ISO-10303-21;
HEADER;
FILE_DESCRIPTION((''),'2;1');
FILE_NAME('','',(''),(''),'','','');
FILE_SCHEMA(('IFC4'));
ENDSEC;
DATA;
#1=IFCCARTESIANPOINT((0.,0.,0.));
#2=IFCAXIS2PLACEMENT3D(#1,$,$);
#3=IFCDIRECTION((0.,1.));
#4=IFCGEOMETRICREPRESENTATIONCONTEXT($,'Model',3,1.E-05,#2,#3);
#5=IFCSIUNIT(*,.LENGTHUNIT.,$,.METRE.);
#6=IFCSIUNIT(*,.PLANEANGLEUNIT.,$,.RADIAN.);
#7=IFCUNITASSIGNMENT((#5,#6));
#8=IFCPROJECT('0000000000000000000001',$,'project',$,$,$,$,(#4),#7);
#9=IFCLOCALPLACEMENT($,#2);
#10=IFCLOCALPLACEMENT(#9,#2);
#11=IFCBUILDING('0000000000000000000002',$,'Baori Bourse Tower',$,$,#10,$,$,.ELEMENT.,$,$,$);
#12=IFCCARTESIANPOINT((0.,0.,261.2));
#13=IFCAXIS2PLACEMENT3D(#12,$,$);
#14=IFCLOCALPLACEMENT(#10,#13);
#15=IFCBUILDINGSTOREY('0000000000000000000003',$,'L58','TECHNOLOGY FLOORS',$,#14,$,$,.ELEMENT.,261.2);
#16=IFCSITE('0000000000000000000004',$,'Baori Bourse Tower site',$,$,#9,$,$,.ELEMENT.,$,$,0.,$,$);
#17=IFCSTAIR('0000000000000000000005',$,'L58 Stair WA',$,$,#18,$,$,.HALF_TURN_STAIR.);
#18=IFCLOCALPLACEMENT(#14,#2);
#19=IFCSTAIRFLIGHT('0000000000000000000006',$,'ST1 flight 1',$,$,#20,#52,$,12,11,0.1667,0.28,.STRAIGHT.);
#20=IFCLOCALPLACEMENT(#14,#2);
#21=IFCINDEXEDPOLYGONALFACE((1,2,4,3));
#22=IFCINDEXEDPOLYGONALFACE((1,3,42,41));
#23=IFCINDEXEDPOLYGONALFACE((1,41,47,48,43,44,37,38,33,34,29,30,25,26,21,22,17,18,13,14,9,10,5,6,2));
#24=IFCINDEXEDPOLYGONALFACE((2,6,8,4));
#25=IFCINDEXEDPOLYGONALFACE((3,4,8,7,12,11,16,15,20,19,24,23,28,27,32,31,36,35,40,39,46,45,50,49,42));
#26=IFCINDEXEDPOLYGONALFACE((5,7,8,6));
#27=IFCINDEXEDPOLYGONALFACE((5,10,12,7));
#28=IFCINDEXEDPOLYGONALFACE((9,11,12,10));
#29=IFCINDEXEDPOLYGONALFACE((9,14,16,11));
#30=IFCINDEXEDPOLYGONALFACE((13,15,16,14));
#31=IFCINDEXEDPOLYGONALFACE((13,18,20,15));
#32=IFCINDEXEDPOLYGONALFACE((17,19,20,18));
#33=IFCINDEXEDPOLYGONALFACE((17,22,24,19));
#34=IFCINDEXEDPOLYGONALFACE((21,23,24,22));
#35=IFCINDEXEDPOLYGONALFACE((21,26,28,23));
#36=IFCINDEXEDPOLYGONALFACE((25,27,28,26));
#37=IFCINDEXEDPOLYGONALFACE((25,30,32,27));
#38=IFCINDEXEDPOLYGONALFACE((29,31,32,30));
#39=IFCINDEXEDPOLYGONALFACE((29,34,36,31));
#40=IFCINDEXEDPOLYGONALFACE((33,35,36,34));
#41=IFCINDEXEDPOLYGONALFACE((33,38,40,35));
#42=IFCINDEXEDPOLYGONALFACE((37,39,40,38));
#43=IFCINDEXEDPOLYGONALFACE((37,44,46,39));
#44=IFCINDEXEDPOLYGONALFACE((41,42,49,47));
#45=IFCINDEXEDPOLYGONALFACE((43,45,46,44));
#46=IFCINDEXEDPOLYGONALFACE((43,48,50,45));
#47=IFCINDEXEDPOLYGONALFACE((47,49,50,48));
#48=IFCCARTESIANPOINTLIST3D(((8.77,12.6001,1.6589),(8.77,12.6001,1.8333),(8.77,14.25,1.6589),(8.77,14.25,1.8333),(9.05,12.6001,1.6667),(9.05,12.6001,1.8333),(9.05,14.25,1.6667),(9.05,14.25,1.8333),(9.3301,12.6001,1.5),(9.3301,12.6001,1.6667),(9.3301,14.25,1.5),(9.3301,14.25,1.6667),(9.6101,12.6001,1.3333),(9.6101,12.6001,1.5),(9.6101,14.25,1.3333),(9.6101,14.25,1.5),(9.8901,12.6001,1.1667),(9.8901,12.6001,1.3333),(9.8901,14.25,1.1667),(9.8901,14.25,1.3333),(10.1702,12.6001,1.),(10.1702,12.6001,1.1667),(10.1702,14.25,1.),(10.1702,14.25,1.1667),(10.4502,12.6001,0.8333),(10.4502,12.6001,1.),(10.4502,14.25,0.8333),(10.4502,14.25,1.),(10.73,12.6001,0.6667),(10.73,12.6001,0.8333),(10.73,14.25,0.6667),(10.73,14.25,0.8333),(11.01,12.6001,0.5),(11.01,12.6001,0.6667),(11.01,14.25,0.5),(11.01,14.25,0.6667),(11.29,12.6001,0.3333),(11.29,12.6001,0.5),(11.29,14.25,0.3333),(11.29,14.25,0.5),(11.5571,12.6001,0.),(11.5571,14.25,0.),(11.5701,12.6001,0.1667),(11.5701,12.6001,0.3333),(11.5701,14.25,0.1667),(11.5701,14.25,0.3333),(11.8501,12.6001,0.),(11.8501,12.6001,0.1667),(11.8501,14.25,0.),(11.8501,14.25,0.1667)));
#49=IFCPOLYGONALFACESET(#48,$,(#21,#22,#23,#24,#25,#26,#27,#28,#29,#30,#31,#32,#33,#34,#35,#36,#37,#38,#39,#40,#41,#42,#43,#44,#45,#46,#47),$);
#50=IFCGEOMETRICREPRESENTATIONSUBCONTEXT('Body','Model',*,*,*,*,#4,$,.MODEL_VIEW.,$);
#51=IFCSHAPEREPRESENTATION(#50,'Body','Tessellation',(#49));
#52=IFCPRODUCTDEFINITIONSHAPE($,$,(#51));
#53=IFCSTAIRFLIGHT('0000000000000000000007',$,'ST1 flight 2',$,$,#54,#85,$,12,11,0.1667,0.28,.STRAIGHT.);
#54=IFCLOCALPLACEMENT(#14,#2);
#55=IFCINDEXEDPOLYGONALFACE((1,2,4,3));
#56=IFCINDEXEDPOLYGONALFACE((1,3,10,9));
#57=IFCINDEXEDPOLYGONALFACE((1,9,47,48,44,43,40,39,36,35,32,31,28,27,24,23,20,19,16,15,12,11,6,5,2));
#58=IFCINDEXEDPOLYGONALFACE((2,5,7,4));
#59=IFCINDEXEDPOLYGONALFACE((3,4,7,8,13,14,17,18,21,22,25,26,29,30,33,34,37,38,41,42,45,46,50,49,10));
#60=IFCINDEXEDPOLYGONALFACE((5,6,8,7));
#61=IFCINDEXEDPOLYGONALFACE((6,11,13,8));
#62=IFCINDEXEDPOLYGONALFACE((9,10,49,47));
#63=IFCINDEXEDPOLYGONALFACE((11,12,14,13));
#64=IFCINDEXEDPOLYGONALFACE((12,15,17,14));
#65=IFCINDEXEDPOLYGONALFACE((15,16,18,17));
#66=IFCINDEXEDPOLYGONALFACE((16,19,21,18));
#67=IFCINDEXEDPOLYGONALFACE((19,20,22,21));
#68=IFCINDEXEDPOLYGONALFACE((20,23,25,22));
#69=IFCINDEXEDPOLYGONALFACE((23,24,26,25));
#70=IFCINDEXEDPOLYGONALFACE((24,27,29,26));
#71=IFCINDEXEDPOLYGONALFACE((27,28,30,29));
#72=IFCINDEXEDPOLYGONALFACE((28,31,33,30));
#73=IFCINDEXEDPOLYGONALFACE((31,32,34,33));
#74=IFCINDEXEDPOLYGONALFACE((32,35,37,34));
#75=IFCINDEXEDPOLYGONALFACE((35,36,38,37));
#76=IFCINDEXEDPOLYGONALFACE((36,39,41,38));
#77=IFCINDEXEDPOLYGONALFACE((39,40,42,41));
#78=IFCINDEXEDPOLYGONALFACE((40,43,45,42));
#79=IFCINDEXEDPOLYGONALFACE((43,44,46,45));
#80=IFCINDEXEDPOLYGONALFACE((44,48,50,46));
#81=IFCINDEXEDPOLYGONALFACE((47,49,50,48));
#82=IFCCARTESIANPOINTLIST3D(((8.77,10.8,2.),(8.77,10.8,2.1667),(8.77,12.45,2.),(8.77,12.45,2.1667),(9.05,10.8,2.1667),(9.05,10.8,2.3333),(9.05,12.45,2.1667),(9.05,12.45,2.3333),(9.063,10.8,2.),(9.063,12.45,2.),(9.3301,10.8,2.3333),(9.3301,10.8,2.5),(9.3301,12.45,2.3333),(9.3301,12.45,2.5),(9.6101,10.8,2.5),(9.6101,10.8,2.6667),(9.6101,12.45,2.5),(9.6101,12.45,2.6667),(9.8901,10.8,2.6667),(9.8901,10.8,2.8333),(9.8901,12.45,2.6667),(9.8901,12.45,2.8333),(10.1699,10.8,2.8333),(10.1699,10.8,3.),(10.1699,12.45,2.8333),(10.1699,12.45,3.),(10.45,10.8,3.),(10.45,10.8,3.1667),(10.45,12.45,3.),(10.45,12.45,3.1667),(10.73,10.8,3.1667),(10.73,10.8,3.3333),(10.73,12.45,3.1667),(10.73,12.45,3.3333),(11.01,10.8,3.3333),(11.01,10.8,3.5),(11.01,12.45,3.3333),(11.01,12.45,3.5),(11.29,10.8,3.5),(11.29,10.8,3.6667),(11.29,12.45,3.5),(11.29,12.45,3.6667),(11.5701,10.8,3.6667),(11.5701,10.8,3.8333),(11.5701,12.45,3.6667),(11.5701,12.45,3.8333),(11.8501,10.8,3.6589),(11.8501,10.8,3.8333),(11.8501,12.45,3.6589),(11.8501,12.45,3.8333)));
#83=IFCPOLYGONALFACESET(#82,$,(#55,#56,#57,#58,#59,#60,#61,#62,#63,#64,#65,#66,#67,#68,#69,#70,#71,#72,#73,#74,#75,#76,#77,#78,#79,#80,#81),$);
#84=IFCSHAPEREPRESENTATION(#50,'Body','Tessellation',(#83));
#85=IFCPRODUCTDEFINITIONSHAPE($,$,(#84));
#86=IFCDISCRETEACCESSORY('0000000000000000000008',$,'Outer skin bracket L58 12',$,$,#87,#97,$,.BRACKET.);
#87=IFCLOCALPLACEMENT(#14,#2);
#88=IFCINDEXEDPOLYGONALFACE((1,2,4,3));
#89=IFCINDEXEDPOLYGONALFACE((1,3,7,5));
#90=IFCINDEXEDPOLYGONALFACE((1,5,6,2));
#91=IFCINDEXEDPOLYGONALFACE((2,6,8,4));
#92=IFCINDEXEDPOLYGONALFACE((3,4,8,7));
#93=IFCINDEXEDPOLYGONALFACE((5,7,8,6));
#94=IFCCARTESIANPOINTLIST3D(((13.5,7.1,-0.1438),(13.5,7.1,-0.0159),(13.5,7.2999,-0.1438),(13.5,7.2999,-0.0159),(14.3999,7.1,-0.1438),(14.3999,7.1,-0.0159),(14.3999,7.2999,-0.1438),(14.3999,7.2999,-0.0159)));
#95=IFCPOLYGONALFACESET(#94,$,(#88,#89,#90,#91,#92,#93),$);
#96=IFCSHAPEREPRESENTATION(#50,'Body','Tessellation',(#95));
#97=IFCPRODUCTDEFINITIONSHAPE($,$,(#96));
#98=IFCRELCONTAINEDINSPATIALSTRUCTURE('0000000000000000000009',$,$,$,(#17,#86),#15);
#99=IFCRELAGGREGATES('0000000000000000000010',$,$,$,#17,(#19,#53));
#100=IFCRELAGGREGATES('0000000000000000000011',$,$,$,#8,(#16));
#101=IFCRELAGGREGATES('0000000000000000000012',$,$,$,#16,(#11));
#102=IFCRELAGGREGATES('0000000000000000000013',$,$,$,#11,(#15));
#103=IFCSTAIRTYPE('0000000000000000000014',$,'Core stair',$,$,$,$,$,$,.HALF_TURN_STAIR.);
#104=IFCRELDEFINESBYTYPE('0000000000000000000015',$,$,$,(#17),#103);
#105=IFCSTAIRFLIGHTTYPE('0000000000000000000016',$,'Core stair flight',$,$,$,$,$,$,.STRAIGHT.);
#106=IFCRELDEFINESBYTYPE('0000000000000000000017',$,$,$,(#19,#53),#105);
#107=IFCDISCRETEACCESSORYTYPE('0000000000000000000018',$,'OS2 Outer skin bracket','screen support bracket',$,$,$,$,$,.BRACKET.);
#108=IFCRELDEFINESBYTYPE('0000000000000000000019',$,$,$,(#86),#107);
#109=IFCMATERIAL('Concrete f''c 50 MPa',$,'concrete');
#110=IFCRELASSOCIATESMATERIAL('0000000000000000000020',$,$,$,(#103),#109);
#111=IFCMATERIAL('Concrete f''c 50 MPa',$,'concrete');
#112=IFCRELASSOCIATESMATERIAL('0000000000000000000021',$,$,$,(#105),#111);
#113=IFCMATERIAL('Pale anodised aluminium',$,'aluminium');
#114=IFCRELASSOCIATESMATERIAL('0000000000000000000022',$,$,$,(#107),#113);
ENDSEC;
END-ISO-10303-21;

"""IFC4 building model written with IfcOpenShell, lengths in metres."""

from ifc_helpers import new_model, si_unit, direction, frame, origin, origin_2d, place, context, subcontext, project, spatial, polyline, rectangle, outline, extrude, material, type_object, element, aggregate, save


model = new_model("IFC4")

# Units and contexts
model_context = context("Model", 3, precision=1e-05, world=origin(), true_north=direction((0.0, 1.0)))
body_context = subcontext(model_context, "Body", "Model", "MODEL_VIEW")
ifc_project = project(units=[si_unit("LENGTHUNIT", "METRE"), si_unit("PLANEANGLEUNIT", "RADIAN")], contexts=[model_context])

# Site, building, storey
site_placement = place(None, origin())
site = spatial("IfcSite", under=ifc_project, at=site_placement, Name="Baori Bourse Tower site", CompositionType="ELEMENT", RefElevation=0.0)
building_placement = place(site_placement, origin())
building = spatial("IfcBuilding", under=site, at=building_placement, Name="Baori Bourse Tower", CompositionType="ELEMENT")
storey_placement = place(building_placement, frame((0.0, 0.0, 261.2)))
storey = spatial("IfcBuildingStorey", under=building, at=storey_placement, Name="L58", Description="TECHNOLOGY FLOORS", CompositionType="ELEMENT", Elevation=261.2)

# Stair, stair flights
ifc_material_1 = material(Name="Concrete f'c 50 MPa", Category="concrete")
stair_type = type_object("IfcStairType", Name="Core stair", PredefinedType="HALF_TURN_STAIR", material=ifc_material_1)
stair_placement = place(storey_placement, origin())
stair = element("IfcStair", 1, at=stair_placement, inside=storey, type_object=stair_type, Name="L58 Stair WA", PredefinedType="HALF_TURN_STAIR")
ifc_material_2 = material(Name="Concrete f'c 50 MPa", Category="concrete")
stair_flight_type = type_object("IfcStairFlightType", Name="Core stair flight", PredefinedType="STRAIGHT", material=ifc_material_2)
stair_flight_1_placement = place(storey_placement, frame((11.8501, 13.425, 0.0), z_axis=(0.0, 0.0, 1.0), x_axis=(-1.0, 0.0, 0.0)))
stair_flight_1 = element("IfcStairFlight", 2, at=stair_flight_1_placement, type_object=stair_flight_type, Name="ST1 flight 1", NumberOfRisers=12, NumberOfTreads=11, PredefinedType="STRAIGHT", RiserHeight=0.1667, TreadLength=0.28, context=body_context, shape_type="SweptSolid", body=[
    extrude(outline(polyline([(0.0, 0.0), (0.0, 0.1667), (0.28, 0.1667), (0.28, 0.3333), (0.5601, 0.3333), (0.5601, 0.5), (0.8401, 0.5), (0.8401, 0.6667), (1.1201, 0.6667), (1.1201, 0.8333), (1.3999, 0.8333), (1.3999, 1.0), (1.6799, 1.0), (1.6799, 1.1667), (1.96, 1.1667), (1.96, 1.3333), (2.24, 1.3333), (2.24, 1.5), (2.52, 1.5), (2.52, 1.6667), (2.8, 1.6667), (2.8, 1.8333), (3.0801, 1.8333), (3.0801, 2.0), (3.0801, 1.6589), (0.293, 0.0), (0.0, 0.0)])), frame((0.0, 0.825, 0.0), z_axis=(0.0, -1.0, 0.0), x_axis=(1.0, 0.0, 0.0)), (0.0, 0.0, 1.0), 1.6499),
])
stair_flight_2_placement = place(storey_placement, frame((8.77, 11.625, 2.0), z_axis=(0.0, 0.0, 1.0), x_axis=(1.0, 0.0, 0.0)))
stair_flight_2 = element("IfcStairFlight", 3, at=stair_flight_2_placement, type_object=stair_flight_type, Name="ST1 flight 2", NumberOfRisers=12, NumberOfTreads=11, PredefinedType="STRAIGHT", RiserHeight=0.1667, TreadLength=0.28, context=body_context, shape_type="SweptSolid", body=[
    extrude(outline(polyline([(0.0, 0.0), (0.0, 0.1667), (0.28, 0.1667), (0.28, 0.3333), (0.5601, 0.3333), (0.5601, 0.5), (0.8401, 0.5), (0.8401, 0.6667), (1.1201, 0.6667), (1.1201, 0.8333), (1.3999, 0.8333), (1.3999, 1.0), (1.6799, 1.0), (1.6799, 1.1667), (1.96, 1.1667), (1.96, 1.3333), (2.24, 1.3333), (2.24, 1.5), (2.52, 1.5), (2.52, 1.6667), (2.8, 1.6667), (2.8, 1.8333), (3.0801, 1.8333), (3.0801, 2.0), (3.0801, 1.6589), (0.293, 0.0), (0.0, 0.0)])), frame((0.0, 0.825, 0.0), z_axis=(0.0, -1.0, 0.0), x_axis=(1.0, 0.0, 0.0)), (0.0, 0.0, 1.0), 1.6499),
])
aggregate(stair, [stair_flight_1, stair_flight_2])

# Discrete accessory
ifc_material_3 = material(Name="Pale anodised aluminium", Category="aluminium")
discrete_accessory_type = type_object("IfcDiscreteAccessoryType", Name="OS2 Outer skin bracket", Description="screen support bracket", PredefinedType="BRACKET", material=ifc_material_3)
discrete_accessory_placement = place(storey_placement, frame((13.95, 7.2, -0.1438), z_axis=(0.0, 0.0, 1.0), x_axis=(0.0, -1.0, 0.0)))
element("IfcDiscreteAccessory", 4, at=discrete_accessory_placement, inside=storey, type_object=discrete_accessory_type, Name="Outer skin bracket L58 12", PredefinedType="BRACKET", context=body_context, shape_type="SweptSolid", body=[
    extrude(rectangle(XDim=0.2, YDim=0.8999, at=origin_2d()), origin(), (0.0, 0.0, 1.0), 0.1279),
])

save(model, "model.ifc")
